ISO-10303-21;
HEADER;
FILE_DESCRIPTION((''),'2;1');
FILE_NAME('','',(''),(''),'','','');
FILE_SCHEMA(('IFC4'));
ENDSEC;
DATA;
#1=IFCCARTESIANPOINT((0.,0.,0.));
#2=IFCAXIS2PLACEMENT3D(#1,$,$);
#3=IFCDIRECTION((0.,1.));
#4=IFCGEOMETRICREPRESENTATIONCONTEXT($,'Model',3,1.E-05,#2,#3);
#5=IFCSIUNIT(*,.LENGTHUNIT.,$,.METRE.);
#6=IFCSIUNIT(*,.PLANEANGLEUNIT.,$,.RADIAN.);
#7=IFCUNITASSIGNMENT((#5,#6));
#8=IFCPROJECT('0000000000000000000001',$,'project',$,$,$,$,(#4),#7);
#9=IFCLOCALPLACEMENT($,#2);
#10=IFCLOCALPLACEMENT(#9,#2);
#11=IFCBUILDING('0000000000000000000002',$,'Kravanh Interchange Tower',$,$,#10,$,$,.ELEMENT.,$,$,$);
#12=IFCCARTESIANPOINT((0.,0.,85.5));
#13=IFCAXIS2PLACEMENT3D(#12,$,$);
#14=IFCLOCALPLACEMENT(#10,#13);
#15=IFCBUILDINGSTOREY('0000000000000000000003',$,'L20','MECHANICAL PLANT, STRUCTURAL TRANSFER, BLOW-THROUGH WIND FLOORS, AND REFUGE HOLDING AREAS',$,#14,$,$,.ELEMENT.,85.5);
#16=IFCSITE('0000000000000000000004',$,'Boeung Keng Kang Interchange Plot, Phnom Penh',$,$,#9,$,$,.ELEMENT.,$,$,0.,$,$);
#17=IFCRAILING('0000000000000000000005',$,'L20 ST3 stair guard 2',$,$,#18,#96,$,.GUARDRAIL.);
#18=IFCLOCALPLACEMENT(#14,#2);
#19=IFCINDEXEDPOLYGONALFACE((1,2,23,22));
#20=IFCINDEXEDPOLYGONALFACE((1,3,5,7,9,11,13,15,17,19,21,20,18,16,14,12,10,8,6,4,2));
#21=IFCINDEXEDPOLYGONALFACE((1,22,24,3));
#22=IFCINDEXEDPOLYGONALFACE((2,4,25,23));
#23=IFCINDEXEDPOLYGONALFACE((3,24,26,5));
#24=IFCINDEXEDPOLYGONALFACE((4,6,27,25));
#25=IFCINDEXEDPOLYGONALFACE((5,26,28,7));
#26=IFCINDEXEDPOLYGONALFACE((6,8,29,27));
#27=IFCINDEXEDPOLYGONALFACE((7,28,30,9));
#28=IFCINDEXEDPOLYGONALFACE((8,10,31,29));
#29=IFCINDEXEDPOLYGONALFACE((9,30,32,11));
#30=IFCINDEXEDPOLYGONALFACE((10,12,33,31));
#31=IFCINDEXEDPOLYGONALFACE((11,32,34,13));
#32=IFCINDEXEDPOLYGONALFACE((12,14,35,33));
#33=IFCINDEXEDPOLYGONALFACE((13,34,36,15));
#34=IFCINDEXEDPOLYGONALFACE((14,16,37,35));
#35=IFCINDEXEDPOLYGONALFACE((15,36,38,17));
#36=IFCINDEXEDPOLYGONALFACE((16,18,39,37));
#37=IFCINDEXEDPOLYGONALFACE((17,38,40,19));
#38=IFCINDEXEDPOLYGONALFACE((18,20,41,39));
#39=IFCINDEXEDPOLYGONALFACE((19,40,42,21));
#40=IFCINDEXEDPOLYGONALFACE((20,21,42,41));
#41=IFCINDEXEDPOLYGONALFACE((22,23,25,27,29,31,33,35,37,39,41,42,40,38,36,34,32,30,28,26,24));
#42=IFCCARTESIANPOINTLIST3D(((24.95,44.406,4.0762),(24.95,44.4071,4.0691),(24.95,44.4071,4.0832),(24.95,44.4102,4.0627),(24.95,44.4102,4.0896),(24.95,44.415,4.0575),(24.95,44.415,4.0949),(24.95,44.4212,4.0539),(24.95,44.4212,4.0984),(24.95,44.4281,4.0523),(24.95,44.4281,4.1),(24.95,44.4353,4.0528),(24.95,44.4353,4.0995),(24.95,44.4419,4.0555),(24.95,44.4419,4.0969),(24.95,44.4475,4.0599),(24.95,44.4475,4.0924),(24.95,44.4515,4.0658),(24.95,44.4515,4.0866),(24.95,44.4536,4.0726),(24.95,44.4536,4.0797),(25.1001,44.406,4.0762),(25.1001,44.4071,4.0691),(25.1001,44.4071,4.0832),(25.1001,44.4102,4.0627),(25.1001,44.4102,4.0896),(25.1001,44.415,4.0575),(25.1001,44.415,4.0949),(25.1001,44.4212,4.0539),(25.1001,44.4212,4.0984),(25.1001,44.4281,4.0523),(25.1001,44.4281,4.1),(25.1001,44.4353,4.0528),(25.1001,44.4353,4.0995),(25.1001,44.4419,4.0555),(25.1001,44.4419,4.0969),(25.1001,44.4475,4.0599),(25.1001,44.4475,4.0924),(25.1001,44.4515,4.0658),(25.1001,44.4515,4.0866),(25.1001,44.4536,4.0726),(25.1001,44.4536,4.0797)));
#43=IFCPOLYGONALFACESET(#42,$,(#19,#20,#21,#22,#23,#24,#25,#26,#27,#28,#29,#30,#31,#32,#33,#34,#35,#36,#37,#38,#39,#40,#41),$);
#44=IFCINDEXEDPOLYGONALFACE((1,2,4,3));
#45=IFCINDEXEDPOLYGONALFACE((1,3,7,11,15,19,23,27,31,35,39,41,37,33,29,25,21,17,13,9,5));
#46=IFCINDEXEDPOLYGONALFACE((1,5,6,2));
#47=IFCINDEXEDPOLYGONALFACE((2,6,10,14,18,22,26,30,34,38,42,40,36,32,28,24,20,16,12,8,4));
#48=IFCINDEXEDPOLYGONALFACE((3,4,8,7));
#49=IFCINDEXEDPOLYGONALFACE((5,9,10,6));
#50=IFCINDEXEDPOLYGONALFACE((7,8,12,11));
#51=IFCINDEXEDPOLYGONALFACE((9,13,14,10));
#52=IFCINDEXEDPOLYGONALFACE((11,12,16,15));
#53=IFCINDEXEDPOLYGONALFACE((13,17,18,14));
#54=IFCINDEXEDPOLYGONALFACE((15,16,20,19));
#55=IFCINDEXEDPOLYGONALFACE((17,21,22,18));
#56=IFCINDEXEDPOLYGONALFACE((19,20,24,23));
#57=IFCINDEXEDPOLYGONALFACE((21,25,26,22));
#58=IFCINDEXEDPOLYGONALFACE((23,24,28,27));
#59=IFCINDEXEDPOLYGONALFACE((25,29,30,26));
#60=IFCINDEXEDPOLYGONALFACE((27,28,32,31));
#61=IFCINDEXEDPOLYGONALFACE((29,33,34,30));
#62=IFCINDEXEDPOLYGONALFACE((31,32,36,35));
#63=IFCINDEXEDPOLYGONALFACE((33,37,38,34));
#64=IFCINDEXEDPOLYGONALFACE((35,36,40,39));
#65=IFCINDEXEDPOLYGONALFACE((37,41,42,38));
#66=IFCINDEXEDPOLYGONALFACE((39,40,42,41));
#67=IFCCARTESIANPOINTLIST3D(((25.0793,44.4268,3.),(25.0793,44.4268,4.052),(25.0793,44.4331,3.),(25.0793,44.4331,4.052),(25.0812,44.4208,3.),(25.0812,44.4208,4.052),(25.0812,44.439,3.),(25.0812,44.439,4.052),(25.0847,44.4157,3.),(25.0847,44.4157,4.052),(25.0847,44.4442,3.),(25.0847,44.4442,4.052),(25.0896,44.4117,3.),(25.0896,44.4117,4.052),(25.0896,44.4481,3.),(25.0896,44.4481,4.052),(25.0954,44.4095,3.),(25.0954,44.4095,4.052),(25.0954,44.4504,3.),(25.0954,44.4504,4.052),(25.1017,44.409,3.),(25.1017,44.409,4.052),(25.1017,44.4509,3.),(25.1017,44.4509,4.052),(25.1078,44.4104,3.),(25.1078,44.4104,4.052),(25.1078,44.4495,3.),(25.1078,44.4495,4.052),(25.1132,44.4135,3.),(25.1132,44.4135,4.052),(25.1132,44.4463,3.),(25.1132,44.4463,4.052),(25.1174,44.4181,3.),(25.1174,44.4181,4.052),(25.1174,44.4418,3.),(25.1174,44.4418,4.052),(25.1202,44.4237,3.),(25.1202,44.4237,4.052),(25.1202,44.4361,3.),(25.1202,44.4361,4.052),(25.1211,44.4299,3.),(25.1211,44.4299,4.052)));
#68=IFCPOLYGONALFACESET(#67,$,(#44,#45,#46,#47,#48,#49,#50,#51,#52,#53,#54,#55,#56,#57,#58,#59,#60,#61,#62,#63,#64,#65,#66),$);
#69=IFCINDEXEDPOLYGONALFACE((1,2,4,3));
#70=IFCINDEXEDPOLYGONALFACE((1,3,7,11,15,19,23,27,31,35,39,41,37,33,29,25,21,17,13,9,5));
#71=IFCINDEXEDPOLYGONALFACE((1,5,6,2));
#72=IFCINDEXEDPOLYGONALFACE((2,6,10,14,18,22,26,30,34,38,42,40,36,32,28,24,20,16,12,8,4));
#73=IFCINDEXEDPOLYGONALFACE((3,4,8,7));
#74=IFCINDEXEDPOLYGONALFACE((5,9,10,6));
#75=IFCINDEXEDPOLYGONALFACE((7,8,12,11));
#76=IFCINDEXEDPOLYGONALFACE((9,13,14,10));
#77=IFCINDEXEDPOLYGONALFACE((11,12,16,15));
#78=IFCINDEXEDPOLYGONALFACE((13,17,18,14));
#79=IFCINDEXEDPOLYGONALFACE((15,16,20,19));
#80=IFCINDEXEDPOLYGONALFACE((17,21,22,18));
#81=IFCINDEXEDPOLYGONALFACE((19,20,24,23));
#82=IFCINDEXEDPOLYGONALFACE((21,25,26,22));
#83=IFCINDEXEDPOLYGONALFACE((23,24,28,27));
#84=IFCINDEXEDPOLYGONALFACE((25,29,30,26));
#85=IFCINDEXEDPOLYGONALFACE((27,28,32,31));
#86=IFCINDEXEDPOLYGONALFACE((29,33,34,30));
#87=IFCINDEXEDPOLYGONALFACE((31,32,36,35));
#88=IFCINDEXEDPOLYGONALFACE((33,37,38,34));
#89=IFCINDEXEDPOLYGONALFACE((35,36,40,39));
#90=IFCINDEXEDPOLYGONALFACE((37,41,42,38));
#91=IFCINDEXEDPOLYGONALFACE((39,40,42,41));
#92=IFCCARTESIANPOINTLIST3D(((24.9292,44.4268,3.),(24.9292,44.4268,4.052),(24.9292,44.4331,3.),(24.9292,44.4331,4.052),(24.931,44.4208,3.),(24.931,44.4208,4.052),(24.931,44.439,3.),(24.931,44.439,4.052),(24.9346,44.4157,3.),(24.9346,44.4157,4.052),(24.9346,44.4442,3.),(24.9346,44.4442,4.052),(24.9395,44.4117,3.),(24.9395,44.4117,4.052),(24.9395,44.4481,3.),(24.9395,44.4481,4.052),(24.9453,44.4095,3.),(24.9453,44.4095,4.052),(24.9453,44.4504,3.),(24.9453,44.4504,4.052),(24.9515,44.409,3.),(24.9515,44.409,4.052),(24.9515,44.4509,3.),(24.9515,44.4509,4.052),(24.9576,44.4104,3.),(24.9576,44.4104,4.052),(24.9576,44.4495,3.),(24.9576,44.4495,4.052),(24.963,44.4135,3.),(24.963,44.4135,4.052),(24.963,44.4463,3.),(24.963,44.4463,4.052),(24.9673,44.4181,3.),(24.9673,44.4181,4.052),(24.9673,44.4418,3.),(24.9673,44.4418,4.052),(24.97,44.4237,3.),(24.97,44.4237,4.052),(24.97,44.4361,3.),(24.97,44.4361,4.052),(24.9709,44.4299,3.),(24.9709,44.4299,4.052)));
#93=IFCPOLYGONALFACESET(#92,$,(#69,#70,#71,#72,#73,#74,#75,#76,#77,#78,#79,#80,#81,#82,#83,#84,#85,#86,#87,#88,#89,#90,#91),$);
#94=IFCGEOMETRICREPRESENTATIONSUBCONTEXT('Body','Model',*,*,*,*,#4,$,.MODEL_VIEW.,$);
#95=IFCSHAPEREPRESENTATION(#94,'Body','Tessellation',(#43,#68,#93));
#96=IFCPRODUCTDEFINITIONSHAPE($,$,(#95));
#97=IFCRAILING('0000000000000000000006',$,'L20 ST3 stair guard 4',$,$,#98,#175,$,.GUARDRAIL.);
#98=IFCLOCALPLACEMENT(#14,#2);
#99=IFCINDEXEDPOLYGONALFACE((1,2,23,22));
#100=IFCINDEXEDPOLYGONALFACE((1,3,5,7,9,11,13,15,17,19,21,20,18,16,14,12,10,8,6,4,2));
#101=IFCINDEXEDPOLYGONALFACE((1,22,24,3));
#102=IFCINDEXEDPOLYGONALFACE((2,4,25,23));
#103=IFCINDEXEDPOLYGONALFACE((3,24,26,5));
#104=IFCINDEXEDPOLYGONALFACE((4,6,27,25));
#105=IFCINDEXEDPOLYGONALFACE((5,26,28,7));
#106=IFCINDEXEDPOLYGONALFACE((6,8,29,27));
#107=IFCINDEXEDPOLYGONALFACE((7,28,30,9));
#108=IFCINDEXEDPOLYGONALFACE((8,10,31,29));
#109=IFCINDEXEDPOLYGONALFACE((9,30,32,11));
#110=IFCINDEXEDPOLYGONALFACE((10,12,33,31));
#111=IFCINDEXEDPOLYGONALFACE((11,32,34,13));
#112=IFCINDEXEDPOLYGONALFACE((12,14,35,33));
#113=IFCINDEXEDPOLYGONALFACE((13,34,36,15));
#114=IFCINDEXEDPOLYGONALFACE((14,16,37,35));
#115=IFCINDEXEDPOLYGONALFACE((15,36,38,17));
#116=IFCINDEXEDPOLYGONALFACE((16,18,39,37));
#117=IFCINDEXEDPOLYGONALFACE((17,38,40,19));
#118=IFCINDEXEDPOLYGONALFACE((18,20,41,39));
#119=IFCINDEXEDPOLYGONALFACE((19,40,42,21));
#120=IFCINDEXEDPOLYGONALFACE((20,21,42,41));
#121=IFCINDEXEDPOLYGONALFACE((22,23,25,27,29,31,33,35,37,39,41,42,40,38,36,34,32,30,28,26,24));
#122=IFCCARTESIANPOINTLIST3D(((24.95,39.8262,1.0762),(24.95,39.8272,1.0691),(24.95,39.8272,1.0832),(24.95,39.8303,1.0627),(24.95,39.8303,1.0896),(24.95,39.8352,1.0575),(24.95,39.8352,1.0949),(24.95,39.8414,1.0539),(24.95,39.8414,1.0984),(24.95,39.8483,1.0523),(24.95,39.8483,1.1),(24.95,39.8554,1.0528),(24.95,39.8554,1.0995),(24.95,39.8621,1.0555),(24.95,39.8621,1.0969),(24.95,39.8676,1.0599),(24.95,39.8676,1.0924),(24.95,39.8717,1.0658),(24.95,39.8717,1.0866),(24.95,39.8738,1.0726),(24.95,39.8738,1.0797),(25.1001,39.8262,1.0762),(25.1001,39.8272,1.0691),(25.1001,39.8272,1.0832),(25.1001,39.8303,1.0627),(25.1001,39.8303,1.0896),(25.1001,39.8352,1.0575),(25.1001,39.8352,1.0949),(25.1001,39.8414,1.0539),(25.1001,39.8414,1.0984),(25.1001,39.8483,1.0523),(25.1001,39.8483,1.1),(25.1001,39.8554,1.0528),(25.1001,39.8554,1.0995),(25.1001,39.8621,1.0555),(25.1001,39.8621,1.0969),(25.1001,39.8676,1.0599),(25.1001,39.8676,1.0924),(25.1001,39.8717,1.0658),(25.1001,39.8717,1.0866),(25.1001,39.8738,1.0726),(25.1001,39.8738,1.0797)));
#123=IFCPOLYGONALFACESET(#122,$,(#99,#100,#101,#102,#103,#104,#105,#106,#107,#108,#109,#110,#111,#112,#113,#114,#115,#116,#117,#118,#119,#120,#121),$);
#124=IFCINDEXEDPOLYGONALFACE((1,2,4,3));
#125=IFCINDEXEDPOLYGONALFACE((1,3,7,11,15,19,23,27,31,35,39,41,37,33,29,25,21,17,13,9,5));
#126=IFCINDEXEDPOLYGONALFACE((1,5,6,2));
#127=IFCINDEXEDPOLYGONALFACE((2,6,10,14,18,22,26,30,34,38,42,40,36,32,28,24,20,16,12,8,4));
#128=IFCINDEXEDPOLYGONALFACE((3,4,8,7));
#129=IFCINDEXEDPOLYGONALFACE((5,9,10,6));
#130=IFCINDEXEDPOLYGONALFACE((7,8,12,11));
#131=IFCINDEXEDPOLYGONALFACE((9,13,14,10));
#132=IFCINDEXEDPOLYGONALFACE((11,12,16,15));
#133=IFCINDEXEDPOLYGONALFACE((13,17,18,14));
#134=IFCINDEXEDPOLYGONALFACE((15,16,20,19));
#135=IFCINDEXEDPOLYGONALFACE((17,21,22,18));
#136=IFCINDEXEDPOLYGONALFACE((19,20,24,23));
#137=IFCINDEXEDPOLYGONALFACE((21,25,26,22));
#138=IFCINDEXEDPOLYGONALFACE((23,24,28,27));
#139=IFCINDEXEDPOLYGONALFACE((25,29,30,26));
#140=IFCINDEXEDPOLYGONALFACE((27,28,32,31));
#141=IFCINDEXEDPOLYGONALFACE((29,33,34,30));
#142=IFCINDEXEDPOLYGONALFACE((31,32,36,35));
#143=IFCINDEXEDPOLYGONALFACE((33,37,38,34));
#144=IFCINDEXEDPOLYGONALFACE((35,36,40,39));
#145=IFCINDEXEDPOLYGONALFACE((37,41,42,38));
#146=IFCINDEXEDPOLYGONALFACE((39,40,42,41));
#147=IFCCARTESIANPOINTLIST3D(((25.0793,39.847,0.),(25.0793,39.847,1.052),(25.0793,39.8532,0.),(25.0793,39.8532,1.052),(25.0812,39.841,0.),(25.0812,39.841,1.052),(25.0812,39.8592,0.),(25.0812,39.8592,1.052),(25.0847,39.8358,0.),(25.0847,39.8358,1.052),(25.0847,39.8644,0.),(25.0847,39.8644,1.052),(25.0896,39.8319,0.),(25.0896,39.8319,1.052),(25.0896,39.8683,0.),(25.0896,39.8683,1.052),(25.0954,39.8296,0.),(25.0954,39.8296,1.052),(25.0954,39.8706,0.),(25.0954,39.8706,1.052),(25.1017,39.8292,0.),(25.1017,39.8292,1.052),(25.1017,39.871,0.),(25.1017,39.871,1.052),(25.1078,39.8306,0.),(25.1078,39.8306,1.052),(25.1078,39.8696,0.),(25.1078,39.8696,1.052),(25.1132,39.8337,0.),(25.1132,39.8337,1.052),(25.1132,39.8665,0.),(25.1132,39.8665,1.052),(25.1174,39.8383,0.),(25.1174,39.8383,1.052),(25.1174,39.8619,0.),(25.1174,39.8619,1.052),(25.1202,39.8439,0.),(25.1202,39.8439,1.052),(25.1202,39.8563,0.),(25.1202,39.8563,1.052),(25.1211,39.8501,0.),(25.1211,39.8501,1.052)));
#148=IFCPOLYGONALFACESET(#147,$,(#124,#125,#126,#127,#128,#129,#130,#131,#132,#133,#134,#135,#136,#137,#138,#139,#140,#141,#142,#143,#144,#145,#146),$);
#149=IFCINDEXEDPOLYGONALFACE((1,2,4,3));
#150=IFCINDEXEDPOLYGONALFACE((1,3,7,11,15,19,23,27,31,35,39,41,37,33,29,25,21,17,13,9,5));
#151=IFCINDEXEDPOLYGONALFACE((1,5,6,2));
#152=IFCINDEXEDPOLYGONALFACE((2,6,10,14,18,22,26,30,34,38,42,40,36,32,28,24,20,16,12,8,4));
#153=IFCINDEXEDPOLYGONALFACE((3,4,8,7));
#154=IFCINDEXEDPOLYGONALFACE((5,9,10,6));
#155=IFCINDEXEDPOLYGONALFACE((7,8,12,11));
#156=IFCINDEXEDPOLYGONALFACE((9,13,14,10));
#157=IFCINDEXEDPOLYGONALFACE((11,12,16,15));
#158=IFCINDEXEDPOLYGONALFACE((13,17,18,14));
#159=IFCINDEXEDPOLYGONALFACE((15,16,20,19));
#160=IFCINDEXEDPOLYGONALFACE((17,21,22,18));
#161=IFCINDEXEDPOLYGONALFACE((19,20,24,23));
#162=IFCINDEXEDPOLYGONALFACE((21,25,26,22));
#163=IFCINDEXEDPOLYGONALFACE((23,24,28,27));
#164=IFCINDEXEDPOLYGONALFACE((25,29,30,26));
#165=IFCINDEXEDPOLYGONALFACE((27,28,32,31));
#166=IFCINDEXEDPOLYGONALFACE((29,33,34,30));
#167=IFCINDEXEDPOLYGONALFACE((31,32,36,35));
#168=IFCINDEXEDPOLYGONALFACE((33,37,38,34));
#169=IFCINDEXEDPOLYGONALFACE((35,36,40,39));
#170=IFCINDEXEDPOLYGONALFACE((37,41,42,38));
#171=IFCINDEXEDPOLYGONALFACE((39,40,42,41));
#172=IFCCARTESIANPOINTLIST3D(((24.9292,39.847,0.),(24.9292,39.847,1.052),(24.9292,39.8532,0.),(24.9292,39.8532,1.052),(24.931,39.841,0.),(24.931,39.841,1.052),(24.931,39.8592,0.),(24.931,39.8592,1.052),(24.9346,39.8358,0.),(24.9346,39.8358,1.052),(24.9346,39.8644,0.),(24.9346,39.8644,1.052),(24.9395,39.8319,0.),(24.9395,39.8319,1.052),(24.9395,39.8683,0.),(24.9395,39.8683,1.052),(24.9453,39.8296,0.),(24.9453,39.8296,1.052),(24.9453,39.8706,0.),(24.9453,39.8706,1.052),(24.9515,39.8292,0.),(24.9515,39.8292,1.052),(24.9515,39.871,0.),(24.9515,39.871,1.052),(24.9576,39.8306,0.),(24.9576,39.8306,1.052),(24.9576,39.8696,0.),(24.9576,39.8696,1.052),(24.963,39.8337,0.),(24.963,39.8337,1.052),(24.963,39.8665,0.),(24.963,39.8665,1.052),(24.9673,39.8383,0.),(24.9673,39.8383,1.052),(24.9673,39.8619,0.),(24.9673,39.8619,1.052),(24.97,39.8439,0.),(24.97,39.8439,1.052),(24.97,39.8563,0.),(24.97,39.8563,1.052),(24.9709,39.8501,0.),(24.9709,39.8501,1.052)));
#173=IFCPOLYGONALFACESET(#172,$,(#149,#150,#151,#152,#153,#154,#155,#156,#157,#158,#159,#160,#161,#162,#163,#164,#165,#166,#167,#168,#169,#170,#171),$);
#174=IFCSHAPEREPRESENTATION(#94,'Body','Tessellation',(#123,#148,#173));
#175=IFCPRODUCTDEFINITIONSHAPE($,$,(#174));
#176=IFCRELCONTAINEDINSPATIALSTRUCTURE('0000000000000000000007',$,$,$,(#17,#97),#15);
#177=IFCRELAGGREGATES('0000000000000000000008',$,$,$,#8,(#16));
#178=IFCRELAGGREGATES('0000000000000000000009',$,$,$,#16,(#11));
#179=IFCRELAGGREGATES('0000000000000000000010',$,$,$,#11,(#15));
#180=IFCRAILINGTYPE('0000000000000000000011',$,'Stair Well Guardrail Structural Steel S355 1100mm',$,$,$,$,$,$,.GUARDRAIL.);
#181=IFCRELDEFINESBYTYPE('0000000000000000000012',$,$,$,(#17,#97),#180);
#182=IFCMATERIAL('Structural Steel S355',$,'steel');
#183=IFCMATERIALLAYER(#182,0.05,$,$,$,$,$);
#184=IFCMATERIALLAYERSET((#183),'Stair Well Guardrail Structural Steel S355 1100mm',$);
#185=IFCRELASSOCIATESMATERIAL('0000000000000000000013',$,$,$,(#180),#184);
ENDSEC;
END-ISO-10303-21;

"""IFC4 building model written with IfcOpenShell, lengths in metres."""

from ifc_helpers import new_model, si_unit, direction, frame, origin, origin_2d, place, context, subcontext, project, spatial, circle, extrude, material, layer, layer_set, type_object, element, save


model = new_model("IFC4")

# Units and contexts
model_context = context("Model", 3, precision=1e-05, world=origin(), true_north=direction((0.0, 1.0)))
body_context = subcontext(model_context, "Body", "Model", "MODEL_VIEW")
ifc_project = project(units=[si_unit("LENGTHUNIT", "METRE"), si_unit("PLANEANGLEUNIT", "RADIAN")], contexts=[model_context])

# Site, building, storey
site_placement = place(None, origin())
site = spatial("IfcSite", under=ifc_project, at=site_placement, Name="Boeung Keng Kang Interchange Plot, Phnom Penh", CompositionType="ELEMENT", RefElevation=0.0)
building_placement = place(site_placement, origin())
building = spatial("IfcBuilding", under=site, at=building_placement, Name="Kravanh Interchange Tower", CompositionType="ELEMENT")
storey_placement = place(building_placement, frame((0.0, 0.0, 85.5)))
storey = spatial("IfcBuildingStorey", under=building, at=storey_placement, Name="L20", Description="MECHANICAL PLANT, STRUCTURAL TRANSFER, BLOW-THROUGH WIND FLOORS, AND REFUGE HOLDING AREAS", CompositionType="ELEMENT", Elevation=85.5)

# Railings
ifc_material_1 = material(Name="Structural Steel S355", Category="steel")
ifc_layer_1 = layer(ifc_material_1, 0.05)
ifc_layer_set_1 = layer_set([ifc_layer_1], Name="Stair Well Guardrail Structural Steel S355 1100mm")
railing_type_1 = type_object("IfcRailingType", Name="Stair Well Guardrail Structural Steel S355 1100mm", PredefinedType="GUARDRAIL", material=ifc_layer_set_1)
for number, where, name in (
    (1, (25.1001, 44.4299, 3.0), "L20 ST3 stair guard 2"),
    (2, (25.1001, 39.8501, 0.0), "L20 ST3 stair guard 4"),
):
    element("IfcRailing", number, at=place(storey_placement, frame(where)), inside=storey, type_object=railing_type_1, Name=name, PredefinedType="GUARDRAIL", context=body_context, shape_type="SweptSolid", body=[
        extrude(circle(Radius=0.0239, at=origin_2d()), frame((0.0, 0.0, 1.0762), z_axis=(-1.0, 0.0, 0.0), x_axis=(0.0, -1.0, 0.0)), (0.0, 0.0, 1.0), 0.1501),
        extrude(circle(Radius=0.021, at=origin_2d()), origin(), (0.0, 0.0, 1.0), 1.052),
        extrude(circle(Radius=0.021, at=origin_2d()), frame((-0.1501, 0.0, 0.0)), (0.0, 0.0, 1.0), 1.052),
    ])

save(model, "model.ifc")
